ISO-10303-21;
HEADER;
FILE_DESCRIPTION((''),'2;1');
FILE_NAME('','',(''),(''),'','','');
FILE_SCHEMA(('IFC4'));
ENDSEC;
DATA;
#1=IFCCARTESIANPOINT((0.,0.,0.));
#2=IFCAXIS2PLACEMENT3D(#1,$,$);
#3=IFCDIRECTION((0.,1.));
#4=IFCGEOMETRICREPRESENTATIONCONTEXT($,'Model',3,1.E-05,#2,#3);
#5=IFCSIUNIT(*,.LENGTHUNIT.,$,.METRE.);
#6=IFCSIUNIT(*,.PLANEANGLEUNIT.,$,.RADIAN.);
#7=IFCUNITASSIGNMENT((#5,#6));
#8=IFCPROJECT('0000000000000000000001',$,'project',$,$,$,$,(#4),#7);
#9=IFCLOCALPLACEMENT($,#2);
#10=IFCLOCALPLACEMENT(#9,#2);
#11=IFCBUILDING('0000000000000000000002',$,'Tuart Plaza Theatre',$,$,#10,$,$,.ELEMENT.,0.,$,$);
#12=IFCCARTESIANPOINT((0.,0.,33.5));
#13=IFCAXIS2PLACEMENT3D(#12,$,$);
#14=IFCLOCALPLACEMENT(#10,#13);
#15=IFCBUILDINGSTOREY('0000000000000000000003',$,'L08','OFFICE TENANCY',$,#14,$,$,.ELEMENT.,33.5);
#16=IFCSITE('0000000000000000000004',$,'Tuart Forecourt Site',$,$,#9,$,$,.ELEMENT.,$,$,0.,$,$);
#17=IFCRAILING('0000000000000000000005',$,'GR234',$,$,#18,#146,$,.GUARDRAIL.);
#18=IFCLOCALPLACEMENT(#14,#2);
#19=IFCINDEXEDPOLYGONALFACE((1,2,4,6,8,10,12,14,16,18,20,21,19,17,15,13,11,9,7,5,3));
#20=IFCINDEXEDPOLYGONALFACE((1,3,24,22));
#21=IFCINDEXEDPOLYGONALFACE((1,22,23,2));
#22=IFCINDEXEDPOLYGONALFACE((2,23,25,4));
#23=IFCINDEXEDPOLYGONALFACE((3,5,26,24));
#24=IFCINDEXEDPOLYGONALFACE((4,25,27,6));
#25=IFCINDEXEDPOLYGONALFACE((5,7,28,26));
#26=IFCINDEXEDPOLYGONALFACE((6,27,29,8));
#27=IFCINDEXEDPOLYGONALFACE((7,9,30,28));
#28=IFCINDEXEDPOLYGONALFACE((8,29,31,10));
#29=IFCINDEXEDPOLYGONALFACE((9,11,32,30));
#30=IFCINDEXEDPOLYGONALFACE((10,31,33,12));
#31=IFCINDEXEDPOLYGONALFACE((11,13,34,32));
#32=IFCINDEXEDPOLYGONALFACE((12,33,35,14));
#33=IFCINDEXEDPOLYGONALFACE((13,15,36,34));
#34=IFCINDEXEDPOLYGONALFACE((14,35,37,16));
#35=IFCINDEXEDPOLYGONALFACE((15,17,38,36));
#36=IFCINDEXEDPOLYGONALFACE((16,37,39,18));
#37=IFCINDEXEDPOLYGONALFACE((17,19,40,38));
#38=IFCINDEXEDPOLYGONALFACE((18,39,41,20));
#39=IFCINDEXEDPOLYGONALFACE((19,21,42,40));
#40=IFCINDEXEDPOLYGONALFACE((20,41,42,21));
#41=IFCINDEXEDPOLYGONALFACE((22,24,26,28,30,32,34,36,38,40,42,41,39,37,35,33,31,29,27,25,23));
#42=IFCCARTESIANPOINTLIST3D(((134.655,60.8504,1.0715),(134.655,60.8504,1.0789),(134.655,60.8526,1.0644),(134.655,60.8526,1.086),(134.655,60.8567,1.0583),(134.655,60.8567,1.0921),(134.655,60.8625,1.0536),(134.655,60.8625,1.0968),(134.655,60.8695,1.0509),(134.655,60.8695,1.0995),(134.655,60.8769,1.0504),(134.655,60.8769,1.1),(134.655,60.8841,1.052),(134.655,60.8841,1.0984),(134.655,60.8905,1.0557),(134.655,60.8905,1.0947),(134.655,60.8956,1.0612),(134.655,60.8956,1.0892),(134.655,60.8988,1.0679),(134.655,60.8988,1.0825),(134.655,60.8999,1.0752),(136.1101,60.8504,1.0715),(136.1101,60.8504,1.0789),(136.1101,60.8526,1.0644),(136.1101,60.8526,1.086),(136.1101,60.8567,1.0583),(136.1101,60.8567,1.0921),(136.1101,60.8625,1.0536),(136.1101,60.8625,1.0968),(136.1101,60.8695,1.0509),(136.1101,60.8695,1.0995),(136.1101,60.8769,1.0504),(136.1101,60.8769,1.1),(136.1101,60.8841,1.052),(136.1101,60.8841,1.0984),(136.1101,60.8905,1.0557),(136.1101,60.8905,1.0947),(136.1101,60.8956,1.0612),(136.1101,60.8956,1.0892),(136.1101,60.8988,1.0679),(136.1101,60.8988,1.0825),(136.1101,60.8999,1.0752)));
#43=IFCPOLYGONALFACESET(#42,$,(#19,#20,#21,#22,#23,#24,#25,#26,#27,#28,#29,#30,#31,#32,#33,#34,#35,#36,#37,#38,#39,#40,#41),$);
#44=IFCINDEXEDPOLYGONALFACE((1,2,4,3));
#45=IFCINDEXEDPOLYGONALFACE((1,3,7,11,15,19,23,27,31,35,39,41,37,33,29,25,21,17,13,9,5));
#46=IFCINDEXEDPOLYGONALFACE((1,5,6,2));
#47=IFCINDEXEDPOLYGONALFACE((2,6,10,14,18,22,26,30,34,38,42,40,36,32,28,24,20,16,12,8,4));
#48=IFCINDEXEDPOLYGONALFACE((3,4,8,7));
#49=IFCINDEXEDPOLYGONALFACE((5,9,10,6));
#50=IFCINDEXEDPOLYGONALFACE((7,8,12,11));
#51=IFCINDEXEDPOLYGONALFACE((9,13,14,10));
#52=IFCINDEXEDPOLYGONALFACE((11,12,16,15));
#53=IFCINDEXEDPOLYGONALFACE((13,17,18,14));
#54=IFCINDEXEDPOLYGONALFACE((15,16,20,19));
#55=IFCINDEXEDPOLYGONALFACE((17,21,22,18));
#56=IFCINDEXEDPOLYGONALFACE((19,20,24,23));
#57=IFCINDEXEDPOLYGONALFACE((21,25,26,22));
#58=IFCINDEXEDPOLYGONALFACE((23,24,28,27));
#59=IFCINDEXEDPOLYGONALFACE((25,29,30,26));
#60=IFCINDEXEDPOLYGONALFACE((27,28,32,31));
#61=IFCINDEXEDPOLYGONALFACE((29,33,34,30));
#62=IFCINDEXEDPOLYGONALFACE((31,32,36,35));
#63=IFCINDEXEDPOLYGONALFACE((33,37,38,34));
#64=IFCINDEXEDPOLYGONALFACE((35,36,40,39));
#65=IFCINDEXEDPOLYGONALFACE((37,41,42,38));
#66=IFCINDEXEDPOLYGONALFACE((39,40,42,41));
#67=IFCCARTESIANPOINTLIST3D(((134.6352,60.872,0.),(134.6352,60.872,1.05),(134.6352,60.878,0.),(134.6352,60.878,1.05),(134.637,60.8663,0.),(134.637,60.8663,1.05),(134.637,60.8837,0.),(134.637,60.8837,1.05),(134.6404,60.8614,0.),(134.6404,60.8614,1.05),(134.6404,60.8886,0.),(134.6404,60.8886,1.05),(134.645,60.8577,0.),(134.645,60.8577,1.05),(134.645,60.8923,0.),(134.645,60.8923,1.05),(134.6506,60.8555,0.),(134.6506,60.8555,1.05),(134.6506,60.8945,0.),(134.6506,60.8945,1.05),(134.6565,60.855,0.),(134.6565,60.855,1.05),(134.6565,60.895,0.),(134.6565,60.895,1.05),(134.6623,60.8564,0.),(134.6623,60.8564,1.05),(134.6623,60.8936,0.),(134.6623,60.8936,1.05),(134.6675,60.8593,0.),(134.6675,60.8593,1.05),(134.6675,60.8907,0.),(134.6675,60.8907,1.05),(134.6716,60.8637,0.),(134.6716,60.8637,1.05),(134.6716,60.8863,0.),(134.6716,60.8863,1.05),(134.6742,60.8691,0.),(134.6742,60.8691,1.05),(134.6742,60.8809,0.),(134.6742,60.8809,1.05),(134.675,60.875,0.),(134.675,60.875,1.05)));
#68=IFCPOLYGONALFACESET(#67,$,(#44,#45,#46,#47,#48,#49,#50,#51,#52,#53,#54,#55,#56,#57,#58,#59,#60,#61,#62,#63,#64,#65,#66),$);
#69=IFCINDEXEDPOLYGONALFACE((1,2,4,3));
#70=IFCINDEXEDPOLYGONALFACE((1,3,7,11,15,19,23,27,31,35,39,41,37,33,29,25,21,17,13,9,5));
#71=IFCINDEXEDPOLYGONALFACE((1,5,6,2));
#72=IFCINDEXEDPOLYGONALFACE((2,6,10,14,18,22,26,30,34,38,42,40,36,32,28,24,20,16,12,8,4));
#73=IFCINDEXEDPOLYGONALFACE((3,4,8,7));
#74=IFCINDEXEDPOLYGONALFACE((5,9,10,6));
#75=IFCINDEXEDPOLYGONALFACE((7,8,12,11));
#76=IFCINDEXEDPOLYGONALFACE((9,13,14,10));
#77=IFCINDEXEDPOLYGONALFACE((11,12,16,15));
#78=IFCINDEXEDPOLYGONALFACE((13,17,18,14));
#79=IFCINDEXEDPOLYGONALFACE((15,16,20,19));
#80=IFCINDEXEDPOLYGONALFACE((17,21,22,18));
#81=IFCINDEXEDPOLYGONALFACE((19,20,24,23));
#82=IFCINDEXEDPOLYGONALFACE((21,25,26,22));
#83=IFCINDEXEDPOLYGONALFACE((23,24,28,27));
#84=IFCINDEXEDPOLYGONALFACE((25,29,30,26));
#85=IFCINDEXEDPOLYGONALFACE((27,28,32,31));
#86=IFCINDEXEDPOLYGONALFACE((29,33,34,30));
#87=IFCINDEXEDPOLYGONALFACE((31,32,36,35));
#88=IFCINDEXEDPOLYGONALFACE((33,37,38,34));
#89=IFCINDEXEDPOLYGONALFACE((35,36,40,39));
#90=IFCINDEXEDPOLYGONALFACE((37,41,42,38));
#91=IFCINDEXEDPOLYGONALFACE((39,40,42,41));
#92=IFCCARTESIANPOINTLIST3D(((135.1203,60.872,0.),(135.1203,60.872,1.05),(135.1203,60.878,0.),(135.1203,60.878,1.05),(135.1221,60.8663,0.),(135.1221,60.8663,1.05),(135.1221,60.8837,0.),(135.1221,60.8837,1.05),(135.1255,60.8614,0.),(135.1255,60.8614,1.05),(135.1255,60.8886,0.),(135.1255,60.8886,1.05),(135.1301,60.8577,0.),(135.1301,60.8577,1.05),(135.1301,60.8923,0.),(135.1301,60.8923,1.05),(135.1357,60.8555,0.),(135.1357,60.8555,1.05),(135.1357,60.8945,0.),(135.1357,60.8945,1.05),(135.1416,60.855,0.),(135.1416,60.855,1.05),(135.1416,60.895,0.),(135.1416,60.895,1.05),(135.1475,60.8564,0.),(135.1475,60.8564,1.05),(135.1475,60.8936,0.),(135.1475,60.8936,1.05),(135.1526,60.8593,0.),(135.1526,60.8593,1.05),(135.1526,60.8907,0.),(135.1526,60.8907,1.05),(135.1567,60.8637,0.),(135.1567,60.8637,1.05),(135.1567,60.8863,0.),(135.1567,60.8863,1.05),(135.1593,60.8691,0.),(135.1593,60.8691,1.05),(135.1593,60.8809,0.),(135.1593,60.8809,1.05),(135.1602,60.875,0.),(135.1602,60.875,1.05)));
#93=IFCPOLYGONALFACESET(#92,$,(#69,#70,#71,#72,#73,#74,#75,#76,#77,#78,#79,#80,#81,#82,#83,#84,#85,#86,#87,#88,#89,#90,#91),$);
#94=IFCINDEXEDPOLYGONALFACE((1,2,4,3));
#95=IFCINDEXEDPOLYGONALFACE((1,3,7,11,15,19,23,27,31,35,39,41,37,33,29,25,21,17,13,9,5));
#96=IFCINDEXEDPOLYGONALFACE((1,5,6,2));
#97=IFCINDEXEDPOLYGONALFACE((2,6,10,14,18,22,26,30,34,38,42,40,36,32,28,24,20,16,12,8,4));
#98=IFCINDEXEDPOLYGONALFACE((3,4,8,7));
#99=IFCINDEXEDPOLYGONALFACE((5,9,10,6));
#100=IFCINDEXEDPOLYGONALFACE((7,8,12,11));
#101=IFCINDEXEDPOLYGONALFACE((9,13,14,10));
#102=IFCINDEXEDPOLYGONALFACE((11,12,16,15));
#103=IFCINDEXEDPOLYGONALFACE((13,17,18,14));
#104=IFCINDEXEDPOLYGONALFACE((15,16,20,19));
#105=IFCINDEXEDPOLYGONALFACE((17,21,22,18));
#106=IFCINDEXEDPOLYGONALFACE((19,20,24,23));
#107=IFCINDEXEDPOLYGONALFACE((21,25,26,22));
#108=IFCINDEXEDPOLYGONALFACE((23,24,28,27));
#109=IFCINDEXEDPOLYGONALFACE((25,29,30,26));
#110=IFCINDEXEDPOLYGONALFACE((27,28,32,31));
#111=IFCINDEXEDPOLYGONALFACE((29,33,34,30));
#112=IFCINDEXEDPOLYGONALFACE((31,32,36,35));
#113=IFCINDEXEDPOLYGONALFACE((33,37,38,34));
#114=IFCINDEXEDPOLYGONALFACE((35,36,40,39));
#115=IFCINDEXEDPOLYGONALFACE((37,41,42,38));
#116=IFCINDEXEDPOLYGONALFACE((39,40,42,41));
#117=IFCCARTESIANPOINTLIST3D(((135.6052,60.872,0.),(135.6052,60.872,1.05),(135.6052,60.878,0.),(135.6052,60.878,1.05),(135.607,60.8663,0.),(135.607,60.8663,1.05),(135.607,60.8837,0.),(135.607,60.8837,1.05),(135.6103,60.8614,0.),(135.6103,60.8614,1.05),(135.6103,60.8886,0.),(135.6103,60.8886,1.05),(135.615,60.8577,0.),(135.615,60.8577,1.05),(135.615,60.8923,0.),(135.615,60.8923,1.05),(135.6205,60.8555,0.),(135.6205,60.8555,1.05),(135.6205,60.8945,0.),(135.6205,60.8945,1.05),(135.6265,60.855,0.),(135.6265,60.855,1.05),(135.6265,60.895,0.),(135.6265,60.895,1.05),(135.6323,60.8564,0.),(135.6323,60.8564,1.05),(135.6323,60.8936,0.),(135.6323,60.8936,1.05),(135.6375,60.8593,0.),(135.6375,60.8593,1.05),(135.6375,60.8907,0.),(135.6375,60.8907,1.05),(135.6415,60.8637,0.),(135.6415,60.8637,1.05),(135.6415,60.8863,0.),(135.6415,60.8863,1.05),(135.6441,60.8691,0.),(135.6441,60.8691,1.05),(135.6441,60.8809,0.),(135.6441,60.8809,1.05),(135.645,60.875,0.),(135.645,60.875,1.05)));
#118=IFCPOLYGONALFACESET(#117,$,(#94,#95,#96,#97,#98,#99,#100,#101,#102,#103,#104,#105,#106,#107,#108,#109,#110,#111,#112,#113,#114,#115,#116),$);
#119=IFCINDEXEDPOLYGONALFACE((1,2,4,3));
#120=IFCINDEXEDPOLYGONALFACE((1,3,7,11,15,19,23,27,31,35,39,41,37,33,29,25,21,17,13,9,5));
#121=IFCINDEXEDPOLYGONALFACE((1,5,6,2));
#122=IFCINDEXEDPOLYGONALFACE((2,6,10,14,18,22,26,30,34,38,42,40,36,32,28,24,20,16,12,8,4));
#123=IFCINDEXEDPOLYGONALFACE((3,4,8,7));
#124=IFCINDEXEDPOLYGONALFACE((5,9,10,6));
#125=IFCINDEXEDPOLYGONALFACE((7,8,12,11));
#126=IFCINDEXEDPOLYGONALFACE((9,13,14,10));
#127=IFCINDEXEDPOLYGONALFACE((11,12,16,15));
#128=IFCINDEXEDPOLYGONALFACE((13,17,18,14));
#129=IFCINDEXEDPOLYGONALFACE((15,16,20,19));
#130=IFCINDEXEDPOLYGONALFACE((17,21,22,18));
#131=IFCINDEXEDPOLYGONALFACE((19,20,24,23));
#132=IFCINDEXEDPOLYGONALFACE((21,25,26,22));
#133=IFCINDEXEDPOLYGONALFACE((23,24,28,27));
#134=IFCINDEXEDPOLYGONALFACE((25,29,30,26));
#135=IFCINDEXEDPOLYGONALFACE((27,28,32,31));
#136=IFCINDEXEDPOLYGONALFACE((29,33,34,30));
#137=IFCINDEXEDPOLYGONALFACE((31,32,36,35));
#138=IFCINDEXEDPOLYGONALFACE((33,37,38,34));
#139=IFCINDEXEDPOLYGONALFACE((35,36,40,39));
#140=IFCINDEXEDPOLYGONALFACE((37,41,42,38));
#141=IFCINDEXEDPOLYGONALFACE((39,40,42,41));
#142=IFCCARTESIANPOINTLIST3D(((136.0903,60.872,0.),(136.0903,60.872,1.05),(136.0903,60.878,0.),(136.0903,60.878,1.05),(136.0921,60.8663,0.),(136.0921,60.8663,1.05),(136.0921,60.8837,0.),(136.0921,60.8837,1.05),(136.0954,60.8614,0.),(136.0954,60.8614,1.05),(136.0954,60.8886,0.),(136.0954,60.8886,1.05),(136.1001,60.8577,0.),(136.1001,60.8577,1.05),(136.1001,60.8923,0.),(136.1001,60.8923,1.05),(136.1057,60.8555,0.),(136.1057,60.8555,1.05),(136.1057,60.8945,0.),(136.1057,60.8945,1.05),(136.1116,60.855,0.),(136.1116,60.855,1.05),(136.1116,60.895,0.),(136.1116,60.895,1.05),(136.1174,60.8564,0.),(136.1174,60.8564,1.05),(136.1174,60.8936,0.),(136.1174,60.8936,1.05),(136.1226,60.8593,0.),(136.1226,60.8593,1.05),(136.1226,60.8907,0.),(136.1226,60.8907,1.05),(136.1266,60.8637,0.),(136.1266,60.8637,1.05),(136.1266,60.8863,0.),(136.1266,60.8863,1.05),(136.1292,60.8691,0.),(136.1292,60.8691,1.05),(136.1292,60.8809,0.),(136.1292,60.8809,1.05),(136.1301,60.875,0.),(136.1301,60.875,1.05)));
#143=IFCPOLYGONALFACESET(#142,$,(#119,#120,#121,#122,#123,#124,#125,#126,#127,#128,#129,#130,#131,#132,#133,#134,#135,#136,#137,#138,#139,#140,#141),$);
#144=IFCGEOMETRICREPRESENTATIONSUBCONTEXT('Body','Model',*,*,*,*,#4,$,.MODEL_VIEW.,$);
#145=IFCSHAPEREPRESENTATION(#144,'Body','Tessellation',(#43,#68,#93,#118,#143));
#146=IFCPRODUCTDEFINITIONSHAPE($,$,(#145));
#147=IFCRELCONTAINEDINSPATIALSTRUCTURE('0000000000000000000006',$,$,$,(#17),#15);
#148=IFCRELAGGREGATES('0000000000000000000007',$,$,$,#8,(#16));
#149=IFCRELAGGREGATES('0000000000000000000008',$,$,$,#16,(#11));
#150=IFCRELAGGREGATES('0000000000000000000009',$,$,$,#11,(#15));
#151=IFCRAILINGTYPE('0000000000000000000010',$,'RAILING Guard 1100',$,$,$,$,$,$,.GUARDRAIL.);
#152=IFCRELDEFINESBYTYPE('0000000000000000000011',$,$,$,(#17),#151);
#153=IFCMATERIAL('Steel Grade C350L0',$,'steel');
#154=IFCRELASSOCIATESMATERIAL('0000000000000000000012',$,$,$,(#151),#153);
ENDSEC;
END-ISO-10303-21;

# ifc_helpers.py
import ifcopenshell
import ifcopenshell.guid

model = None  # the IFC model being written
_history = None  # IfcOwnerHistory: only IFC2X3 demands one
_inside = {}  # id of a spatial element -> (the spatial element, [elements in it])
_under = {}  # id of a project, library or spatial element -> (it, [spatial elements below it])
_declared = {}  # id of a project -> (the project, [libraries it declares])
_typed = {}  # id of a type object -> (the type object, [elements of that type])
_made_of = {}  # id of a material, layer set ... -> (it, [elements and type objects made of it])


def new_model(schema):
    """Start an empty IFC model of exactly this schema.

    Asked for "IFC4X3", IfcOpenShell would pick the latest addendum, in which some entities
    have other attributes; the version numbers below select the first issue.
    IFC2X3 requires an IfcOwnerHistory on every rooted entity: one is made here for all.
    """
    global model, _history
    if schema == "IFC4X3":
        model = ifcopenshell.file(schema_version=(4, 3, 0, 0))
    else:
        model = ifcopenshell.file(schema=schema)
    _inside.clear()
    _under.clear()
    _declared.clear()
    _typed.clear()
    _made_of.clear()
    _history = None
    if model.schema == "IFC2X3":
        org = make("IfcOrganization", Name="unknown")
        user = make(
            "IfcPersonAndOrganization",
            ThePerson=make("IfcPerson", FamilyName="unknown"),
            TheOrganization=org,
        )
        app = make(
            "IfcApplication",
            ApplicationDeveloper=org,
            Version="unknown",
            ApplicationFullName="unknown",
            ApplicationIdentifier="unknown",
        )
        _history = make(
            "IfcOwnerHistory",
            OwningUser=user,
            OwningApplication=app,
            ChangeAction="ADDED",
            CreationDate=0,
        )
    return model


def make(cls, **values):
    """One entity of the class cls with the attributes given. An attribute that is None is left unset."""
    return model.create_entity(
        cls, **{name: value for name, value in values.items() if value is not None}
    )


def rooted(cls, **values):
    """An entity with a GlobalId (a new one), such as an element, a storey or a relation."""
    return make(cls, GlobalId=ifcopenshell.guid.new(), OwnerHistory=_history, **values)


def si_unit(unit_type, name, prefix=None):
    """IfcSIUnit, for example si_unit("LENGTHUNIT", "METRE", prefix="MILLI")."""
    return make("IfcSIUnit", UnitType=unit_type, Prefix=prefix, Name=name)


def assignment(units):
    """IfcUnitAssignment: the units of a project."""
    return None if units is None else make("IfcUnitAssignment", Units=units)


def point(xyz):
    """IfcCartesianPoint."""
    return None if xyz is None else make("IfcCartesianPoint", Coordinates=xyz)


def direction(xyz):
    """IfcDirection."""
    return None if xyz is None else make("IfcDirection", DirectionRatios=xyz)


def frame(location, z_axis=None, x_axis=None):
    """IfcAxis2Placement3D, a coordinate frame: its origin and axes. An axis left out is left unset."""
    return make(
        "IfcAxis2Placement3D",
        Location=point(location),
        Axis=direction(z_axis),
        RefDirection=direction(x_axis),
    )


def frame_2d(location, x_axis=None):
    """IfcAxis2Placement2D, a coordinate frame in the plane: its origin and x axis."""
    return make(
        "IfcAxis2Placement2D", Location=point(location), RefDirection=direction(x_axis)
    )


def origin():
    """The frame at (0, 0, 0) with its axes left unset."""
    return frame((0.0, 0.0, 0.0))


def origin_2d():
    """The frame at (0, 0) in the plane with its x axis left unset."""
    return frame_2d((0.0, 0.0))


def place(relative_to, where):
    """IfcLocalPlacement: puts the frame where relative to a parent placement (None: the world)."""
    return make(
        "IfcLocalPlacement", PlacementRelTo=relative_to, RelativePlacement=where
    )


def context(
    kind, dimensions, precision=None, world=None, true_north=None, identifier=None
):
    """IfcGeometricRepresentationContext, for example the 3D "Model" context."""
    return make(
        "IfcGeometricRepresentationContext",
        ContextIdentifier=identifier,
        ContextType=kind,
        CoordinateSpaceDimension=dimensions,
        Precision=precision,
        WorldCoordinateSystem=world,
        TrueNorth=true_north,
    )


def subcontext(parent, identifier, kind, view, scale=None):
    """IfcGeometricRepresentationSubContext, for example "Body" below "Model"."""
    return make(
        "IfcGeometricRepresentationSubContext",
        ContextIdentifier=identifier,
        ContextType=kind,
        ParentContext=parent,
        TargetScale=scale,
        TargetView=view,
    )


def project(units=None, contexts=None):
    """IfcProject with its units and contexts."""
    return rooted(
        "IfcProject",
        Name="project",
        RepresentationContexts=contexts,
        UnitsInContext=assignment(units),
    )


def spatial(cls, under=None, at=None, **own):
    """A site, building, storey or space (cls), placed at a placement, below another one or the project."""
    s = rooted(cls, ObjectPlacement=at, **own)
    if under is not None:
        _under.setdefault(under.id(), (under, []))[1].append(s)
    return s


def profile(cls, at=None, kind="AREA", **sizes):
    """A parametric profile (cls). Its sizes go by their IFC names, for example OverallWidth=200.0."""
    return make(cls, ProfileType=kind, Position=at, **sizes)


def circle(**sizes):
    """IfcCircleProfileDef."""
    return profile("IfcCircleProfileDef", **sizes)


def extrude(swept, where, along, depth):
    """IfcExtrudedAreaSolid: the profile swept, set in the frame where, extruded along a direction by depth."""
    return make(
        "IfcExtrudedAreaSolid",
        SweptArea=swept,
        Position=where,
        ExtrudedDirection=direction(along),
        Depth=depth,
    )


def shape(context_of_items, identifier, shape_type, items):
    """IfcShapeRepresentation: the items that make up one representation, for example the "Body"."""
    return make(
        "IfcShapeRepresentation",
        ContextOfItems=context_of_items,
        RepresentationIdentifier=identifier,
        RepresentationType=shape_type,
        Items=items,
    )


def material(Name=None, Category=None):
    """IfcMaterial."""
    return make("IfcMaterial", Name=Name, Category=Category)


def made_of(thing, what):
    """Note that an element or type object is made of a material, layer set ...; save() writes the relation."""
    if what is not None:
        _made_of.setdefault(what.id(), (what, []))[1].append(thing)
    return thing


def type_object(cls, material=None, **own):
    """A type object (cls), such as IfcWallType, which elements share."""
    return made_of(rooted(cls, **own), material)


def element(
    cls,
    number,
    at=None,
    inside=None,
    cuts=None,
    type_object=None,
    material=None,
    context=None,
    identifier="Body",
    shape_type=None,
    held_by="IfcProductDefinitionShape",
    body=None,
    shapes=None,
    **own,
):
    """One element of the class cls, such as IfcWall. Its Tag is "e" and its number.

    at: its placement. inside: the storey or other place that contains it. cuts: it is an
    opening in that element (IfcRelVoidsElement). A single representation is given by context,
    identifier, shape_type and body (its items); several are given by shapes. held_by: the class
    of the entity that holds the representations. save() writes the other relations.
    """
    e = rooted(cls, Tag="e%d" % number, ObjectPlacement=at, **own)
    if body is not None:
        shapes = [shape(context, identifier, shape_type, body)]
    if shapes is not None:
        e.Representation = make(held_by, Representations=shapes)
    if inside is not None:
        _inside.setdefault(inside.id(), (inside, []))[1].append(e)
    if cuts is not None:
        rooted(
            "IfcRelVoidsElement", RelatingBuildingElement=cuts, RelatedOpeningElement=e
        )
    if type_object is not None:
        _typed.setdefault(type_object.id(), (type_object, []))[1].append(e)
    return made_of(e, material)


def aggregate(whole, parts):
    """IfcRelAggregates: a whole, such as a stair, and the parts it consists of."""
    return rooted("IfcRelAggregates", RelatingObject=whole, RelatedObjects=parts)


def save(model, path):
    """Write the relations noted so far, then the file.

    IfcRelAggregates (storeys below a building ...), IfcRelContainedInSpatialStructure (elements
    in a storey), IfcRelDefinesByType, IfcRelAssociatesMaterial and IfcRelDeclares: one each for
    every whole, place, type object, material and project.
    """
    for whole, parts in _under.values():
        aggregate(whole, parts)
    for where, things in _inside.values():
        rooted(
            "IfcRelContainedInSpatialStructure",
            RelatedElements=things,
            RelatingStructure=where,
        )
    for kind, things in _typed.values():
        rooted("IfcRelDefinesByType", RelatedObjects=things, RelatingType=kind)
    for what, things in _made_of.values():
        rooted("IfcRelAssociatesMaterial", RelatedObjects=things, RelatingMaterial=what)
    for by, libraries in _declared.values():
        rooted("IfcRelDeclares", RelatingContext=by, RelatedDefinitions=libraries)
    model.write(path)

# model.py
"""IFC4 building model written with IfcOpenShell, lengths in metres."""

from ifc_helpers import new_model, si_unit, direction, frame, origin, origin_2d, place, context, subcontext, project, spatial, circle, extrude, material, type_object, element, save


model = new_model("IFC4")

# Units and contexts
model_context = context("Model", 3, precision=1e-05, world=origin(), true_north=direction((0.0, 1.0)))
body_context = subcontext(model_context, "Body", "Model", "MODEL_VIEW")
ifc_project = project(units=[si_unit("LENGTHUNIT", "METRE"), si_unit("PLANEANGLEUNIT", "RADIAN")], contexts=[model_context])

# Site, building, storey
site_placement = place(None, origin())
site = spatial("IfcSite", under=ifc_project, at=site_placement, Name="Tuart Forecourt Site", CompositionType="ELEMENT", RefElevation=0.0)
building_placement = place(site_placement, origin())
building = spatial("IfcBuilding", under=site, at=building_placement, Name="Tuart Plaza Theatre", CompositionType="ELEMENT", ElevationOfRefHeight=0.0)
storey_placement = place(building_placement, frame((0.0, 0.0, 33.5)))
storey = spatial("IfcBuildingStorey", under=building, at=storey_placement, Name="L08", Description="OFFICE TENANCY", CompositionType="ELEMENT", Elevation=33.5)

# Railing
ifc_material_1 = material(Name="Steel Grade C350L0", Category="steel")
railing_type_1 = type_object("IfcRailingType", Name="RAILING Guard 1100", PredefinedType="GUARDRAIL", material=ifc_material_1)
railing_1_placement = place(storey_placement, frame((134.655, 60.875, 0.0)))
element("IfcRailing", 1, at=railing_1_placement, inside=storey, type_object=railing_type_1, Name="GR234", PredefinedType="GUARDRAIL", context=body_context, shape_type="SweptSolid", body=[
    extrude(circle(Radius=0.0249, at=origin_2d()), frame((0.0, 0.0, 1.0752), z_axis=(1.0, 0.0, 0.0), x_axis=(0.0, 1.0, 0.0)), (0.0, 0.0, 1.0), 1.4551),
    extrude(circle(Radius=0.02, at=origin_2d()), origin(), (0.0, 0.0, 1.0), 1.05),
    extrude(circle(Radius=0.02, at=origin_2d()), frame((0.4851, 0.0, 0.0)), (0.0, 0.0, 1.0), 1.05),
    extrude(circle(Radius=0.02, at=origin_2d()), frame((0.97, 0.0, 0.0)), (0.0, 0.0, 1.0), 1.05),
    extrude(circle(Radius=0.02, at=origin_2d()), frame((1.4551, 0.0, 0.0)), (0.0, 0.0, 1.0), 1.05),
])

save(model, "model.ifc")
